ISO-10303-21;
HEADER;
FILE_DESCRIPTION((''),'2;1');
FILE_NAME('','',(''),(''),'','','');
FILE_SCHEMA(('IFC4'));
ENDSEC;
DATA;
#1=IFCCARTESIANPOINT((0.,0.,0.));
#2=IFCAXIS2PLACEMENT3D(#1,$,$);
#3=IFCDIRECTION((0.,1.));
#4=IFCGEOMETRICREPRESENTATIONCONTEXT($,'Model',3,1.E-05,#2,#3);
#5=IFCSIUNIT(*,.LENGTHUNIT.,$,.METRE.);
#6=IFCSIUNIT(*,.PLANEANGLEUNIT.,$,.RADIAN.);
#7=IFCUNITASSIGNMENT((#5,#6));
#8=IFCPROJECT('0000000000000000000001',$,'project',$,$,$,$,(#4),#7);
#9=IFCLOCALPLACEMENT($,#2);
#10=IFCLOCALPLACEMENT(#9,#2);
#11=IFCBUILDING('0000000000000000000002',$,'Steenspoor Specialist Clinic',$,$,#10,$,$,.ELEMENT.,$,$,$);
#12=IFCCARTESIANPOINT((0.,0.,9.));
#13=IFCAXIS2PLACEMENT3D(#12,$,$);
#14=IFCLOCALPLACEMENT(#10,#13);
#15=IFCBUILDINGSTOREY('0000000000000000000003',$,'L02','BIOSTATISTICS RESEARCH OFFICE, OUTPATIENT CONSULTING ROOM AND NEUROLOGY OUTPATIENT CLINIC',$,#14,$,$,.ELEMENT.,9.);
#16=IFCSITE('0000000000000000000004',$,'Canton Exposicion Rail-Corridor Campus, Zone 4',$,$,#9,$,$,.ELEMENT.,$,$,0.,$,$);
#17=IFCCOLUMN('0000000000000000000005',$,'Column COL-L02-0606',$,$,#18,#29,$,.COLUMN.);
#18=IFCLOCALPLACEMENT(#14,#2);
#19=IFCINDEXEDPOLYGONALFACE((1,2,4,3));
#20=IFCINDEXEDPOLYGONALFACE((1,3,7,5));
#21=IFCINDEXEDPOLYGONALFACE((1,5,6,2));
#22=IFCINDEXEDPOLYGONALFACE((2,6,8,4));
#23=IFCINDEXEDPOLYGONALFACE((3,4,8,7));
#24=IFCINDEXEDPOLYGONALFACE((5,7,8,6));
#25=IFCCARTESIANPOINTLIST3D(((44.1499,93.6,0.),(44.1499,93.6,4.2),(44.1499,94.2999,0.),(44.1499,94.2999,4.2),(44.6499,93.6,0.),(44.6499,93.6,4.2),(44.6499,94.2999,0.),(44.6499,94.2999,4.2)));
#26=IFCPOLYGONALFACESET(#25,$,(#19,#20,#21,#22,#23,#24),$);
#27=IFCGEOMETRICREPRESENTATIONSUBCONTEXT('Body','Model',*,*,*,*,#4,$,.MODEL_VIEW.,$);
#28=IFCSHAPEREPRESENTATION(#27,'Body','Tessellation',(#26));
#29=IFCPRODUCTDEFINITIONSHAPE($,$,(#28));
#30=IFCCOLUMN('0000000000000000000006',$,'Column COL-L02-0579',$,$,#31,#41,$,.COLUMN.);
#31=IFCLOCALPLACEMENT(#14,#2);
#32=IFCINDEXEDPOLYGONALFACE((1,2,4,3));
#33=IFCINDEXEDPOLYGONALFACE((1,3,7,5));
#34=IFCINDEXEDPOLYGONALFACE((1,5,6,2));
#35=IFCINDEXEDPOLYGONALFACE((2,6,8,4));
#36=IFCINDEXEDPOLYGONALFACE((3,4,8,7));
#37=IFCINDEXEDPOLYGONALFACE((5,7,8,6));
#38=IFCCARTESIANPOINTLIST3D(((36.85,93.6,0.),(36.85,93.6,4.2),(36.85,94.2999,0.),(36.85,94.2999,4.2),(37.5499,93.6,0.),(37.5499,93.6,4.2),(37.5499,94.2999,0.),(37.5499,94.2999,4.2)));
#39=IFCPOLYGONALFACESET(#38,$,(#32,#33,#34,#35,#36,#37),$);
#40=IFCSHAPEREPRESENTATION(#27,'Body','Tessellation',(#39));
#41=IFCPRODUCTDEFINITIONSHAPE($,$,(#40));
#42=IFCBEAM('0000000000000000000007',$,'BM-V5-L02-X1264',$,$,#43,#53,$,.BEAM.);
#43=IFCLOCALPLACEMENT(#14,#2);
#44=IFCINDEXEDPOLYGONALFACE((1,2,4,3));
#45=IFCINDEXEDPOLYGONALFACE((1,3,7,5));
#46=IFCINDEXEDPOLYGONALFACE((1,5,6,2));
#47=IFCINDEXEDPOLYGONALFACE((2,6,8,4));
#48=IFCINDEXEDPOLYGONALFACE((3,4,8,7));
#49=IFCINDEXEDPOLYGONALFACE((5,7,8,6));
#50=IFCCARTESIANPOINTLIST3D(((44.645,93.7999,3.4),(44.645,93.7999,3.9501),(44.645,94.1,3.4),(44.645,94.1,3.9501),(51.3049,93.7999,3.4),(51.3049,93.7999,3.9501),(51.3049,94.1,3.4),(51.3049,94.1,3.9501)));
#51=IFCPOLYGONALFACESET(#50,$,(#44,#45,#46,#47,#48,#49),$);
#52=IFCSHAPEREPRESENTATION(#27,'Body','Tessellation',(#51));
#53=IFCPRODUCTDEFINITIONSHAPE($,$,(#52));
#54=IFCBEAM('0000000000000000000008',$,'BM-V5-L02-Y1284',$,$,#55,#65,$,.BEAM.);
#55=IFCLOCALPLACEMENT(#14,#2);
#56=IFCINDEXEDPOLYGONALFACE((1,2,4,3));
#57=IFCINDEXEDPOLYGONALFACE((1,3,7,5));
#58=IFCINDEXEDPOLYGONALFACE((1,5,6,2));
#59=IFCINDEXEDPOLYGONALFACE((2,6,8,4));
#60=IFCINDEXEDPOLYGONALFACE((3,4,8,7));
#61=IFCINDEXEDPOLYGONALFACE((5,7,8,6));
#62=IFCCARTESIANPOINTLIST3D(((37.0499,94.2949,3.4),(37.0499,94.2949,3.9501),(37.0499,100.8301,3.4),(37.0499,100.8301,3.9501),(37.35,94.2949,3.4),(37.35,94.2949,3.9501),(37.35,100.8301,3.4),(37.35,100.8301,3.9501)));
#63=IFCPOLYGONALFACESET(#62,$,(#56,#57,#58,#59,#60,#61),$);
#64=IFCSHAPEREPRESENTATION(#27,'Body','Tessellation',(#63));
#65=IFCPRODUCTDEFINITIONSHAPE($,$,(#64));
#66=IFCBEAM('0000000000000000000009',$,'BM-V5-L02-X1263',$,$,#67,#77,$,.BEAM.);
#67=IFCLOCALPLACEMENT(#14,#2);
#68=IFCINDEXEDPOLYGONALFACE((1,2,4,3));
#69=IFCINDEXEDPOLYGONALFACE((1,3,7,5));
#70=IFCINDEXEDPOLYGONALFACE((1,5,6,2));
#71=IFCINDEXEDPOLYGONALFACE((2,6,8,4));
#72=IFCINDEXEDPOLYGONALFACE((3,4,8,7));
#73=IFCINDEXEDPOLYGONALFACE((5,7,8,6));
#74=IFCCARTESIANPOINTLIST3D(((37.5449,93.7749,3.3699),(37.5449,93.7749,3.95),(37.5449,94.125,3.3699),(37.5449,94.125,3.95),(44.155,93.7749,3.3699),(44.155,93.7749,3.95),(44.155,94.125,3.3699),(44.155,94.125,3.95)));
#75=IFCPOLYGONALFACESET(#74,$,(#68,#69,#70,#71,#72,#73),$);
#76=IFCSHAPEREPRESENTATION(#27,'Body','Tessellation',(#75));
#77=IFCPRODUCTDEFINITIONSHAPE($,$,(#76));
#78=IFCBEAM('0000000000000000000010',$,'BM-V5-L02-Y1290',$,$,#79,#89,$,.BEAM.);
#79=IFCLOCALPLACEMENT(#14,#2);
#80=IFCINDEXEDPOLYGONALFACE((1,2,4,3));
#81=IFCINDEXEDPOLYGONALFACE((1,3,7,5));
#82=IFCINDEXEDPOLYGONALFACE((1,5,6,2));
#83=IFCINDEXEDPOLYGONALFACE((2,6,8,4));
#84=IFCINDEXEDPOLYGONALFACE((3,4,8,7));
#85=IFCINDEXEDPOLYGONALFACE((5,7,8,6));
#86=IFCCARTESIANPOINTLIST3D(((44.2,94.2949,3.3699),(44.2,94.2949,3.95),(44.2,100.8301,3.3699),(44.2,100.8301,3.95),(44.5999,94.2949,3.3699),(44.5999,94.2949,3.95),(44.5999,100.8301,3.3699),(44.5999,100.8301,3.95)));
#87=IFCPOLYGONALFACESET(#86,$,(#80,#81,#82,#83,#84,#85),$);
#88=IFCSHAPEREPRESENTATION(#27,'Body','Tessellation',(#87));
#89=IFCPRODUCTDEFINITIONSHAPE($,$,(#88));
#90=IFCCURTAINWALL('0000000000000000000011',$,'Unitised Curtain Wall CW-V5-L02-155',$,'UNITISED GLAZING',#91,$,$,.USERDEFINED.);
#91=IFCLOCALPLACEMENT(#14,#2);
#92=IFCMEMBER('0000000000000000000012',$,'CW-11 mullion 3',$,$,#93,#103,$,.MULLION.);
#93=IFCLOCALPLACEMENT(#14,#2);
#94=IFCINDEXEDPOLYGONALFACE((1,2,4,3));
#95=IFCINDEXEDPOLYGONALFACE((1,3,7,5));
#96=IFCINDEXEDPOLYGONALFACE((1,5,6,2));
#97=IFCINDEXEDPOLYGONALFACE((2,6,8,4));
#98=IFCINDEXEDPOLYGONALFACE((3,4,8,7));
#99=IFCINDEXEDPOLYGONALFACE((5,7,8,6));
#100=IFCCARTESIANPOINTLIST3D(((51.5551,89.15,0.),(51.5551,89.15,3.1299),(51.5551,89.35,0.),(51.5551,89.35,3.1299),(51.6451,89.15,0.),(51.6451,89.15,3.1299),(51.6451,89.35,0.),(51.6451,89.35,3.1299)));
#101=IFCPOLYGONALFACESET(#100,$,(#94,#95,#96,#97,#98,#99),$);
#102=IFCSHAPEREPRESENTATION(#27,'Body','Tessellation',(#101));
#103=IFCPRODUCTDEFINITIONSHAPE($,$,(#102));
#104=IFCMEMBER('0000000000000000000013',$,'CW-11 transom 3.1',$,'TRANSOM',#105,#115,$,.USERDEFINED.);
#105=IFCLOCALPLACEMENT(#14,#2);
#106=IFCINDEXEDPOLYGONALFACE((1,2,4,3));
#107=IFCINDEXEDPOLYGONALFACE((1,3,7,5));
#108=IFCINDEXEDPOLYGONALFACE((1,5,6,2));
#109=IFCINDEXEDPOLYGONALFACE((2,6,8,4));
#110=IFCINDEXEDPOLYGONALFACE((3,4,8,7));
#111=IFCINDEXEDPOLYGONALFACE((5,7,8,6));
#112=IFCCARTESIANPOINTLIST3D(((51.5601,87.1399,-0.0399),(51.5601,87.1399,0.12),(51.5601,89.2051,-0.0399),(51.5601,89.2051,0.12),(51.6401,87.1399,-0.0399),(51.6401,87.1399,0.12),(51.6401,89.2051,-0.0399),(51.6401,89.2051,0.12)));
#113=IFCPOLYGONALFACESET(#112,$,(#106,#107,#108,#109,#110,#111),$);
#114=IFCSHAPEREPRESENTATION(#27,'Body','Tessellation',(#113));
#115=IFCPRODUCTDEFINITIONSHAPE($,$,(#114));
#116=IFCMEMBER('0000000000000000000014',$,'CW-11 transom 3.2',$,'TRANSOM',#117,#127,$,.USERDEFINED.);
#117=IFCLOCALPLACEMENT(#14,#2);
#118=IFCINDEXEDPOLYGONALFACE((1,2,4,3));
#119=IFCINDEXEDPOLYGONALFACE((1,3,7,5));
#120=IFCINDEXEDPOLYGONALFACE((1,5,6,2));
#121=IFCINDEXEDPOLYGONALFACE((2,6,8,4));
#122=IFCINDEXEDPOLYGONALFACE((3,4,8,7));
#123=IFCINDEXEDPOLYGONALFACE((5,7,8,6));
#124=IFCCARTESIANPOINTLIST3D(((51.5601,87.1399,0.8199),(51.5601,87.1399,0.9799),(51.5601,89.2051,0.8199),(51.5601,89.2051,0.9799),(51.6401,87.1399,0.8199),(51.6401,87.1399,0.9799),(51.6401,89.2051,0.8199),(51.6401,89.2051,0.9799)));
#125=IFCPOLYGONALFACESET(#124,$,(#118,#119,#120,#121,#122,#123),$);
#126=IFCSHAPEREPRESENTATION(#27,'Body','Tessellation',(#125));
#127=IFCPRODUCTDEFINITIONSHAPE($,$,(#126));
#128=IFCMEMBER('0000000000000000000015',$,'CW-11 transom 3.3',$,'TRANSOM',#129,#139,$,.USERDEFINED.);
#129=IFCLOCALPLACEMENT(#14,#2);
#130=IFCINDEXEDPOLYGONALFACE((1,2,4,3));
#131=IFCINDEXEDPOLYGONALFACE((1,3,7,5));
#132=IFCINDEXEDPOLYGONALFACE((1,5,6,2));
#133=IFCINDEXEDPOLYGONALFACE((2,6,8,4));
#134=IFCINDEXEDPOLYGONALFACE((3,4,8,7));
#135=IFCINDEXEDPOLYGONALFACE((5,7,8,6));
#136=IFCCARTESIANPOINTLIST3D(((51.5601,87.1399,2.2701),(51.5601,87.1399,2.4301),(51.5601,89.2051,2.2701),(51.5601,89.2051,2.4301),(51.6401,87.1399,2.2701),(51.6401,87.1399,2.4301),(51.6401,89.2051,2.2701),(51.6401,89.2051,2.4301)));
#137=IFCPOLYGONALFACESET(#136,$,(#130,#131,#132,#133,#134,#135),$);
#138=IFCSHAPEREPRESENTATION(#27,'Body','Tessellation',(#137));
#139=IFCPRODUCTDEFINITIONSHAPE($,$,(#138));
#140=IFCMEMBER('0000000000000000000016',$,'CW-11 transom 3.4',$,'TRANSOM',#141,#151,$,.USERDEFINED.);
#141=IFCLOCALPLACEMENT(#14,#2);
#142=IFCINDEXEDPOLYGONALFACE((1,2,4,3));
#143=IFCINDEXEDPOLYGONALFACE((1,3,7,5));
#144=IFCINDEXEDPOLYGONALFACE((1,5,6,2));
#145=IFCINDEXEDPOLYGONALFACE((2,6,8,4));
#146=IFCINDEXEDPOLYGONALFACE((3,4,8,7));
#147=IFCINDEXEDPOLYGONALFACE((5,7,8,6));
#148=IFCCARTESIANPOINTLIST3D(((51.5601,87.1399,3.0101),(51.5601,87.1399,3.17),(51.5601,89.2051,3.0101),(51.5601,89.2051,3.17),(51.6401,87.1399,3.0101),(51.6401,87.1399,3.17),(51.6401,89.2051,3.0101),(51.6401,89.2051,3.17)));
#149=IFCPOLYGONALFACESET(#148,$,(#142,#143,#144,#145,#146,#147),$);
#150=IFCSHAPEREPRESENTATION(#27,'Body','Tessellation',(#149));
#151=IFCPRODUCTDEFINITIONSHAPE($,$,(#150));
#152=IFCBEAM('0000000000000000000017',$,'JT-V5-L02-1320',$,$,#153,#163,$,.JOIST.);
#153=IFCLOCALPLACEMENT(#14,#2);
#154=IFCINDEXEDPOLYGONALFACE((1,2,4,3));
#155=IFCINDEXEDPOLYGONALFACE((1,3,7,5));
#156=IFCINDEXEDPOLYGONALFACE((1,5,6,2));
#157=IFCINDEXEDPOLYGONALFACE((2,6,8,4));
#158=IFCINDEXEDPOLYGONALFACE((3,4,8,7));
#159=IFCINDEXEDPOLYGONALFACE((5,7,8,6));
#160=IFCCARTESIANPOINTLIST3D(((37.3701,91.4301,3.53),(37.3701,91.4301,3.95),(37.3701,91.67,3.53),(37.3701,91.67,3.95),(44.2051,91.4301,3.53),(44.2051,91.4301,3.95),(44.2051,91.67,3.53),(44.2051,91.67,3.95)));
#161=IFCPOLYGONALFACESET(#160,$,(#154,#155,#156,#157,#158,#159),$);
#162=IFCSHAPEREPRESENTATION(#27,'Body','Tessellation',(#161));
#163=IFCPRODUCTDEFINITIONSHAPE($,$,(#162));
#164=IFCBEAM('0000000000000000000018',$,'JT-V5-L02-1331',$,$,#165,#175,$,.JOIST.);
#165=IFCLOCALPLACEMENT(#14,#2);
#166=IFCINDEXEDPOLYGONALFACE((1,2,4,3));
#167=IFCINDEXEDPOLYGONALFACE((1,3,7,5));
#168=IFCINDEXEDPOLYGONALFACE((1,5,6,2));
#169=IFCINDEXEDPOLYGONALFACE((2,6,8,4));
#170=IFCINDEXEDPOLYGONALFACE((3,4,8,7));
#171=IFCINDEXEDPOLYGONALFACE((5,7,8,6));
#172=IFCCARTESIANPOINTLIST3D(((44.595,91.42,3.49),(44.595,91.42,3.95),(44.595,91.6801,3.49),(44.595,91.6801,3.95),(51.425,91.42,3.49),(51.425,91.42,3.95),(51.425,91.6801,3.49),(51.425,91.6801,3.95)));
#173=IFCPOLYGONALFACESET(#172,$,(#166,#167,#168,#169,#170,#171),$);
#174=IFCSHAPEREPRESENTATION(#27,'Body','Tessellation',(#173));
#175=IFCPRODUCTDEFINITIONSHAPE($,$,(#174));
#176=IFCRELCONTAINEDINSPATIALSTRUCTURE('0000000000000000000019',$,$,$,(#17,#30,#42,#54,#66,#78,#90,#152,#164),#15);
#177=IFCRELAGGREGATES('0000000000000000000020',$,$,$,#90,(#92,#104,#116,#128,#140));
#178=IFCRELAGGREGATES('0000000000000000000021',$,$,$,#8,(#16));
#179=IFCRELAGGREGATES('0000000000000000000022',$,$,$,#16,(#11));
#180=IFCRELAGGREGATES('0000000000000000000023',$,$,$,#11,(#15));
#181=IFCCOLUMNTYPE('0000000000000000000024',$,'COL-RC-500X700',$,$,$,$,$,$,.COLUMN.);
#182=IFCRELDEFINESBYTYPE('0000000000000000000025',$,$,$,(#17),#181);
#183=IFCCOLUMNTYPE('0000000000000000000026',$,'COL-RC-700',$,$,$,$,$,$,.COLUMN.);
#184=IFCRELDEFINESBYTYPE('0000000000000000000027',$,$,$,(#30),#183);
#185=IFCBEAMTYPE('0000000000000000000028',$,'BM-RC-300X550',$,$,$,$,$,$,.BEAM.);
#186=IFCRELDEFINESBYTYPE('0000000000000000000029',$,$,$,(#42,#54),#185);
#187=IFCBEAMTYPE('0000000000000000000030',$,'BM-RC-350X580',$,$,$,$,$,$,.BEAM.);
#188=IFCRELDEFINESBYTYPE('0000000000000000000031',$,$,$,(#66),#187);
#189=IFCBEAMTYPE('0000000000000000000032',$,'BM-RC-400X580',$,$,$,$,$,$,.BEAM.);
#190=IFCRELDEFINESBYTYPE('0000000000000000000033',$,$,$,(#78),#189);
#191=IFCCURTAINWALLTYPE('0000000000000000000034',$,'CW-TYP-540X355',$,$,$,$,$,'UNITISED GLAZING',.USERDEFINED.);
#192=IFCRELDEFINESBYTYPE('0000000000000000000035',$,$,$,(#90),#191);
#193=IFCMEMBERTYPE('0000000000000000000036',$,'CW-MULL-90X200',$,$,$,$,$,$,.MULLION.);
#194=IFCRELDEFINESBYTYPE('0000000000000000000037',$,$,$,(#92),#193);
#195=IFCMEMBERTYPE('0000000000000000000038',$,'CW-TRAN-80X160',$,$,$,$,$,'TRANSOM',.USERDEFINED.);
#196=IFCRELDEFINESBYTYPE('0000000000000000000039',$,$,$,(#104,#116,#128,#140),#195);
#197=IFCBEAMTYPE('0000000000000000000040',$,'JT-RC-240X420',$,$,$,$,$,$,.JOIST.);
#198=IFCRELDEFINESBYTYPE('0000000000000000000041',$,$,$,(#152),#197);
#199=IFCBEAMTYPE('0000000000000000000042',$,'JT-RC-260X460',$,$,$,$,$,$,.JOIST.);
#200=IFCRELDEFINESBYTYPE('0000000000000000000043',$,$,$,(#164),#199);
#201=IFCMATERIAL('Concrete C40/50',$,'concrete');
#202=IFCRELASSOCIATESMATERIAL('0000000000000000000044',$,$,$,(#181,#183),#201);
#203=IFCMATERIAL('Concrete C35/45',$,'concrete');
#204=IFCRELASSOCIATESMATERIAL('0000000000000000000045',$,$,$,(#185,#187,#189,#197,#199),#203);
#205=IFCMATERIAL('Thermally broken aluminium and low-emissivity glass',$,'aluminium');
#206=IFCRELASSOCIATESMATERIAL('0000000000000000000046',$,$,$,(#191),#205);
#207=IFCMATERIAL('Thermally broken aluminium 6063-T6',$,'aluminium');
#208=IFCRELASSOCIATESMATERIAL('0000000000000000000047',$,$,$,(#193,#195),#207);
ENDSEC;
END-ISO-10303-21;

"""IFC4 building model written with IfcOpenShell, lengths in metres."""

from ifc_helpers import new_model, si_unit, direction, frame, origin, origin_2d, place, context, subcontext, project, spatial, rectangle, extrude, material, material_profile, profile_set, type_object, element, aggregate, save


model = new_model("IFC4")

# Units and contexts
model_context = context("Model", 3, precision=1e-05, world=origin(), true_north=direction((0.0, 1.0)))
body_context = subcontext(model_context, "Body", "Model", "MODEL_VIEW")
ifc_project = project(units=[si_unit("LENGTHUNIT", "METRE"), si_unit("PLANEANGLEUNIT", "RADIAN")], contexts=[model_context])

# Site, building, storey
site_placement = place(None, origin())
site = spatial("IfcSite", under=ifc_project, at=site_placement, Name="Canton Exposicion Rail-Corridor Campus, Zone 4", CompositionType="ELEMENT", RefElevation=0.0)
building_placement = place(site_placement, origin())
building = spatial("IfcBuilding", under=site, at=building_placement, Name="Steenspoor Specialist Clinic", CompositionType="ELEMENT")
storey_placement = place(building_placement, frame((0.0, 0.0, 9.0)))
storey = spatial("IfcBuildingStorey", under=building, at=storey_placement, Name="L02", Description="BIOSTATISTICS RESEARCH OFFICE, OUTPATIENT CONSULTING ROOM AND NEUROLOGY OUTPATIENT CLINIC", CompositionType="ELEMENT", Elevation=9.0)

# Columns
ifc_material_1 = material(Name="Concrete C40/50", Category="concrete")
ifc_material_profile_1 = material_profile(ifc_material_1, rectangle(XDim=0.5, YDim=0.7, at=origin_2d()), Name="RC-COL-500X700")
ifc_profile_set_1 = profile_set([ifc_material_profile_1], Name="Concrete C40/50")
column_type_1 = type_object("IfcColumnType", Name="COL-RC-500X700", PredefinedType="COLUMN", material=ifc_profile_set_1)
column_1_placement = place(storey_placement, frame((44.3999, 93.95, 0.0), z_axis=(0.0, 0.0, 1.0), x_axis=(1.0, 0.0, 0.0)))
element("IfcColumn", 1, at=column_1_placement, inside=storey, type_object=column_type_1, Name="Column COL-L02-0606", PredefinedType="COLUMN", context=body_context, shape_type="SweptSolid", body=[
    extrude(rectangle(XDim=0.5, YDim=0.7, at=origin_2d()), origin(), (0.0, 0.0, 1.0), 4.2),
])
ifc_material_profile_2 = material_profile(ifc_material_1, rectangle(XDim=0.7, YDim=0.7, at=origin_2d()), Name="RC-COL-700X700")
ifc_profile_set_2 = profile_set([ifc_material_profile_2], Name="Concrete C40/50")
column_type_2 = type_object("IfcColumnType", Name="COL-RC-700", PredefinedType="COLUMN", material=ifc_profile_set_2)
column_2_placement = place(storey_placement, frame((37.2, 93.95, 0.0), z_axis=(0.0, 0.0, 1.0), x_axis=(1.0, 0.0, 0.0)))
element("IfcColumn", 2, at=column_2_placement, inside=storey, type_object=column_type_2, Name="Column COL-L02-0579", PredefinedType="COLUMN", context=body_context, shape_type="SweptSolid", body=[
    extrude(rectangle(XDim=0.7, YDim=0.7, at=origin_2d()), origin(), (0.0, 0.0, 1.0), 4.2),
])

# Beams
ifc_material_2 = material(Name="Concrete C35/45", Category="concrete")
ifc_material_profile_3 = material_profile(ifc_material_2, rectangle(XDim=0.3, YDim=0.55, at=origin_2d()), Name="RC-BM-300X550")
ifc_profile_set_3 = profile_set([ifc_material_profile_3], Name="Concrete C35/45")
beam_type_1 = type_object("IfcBeamType", Name="BM-RC-300X550", PredefinedType="BEAM", material=ifc_profile_set_3)
beam_1_placement = place(storey_placement, frame((44.645, 93.95, 3.675), z_axis=(1.0, 0.0, 0.0), x_axis=(0.0, 1.0, 0.0)))
element("IfcBeam", 3, at=beam_1_placement, inside=storey, type_object=beam_type_1, Name="BM-V5-L02-X1264", PredefinedType="BEAM", context=body_context, shape_type="SweptSolid", body=[
    extrude(rectangle(XDim=0.3, YDim=0.55, at=origin_2d()), origin(), (0.0, 0.0, 1.0), 6.6599),
])
beam_2_placement = place(storey_placement, frame((37.2, 94.2949, 3.675), z_axis=(0.0, 1.0, 0.0), x_axis=(-1.0, 0.0, 0.0)))
element("IfcBeam", 4, at=beam_2_placement, inside=storey, type_object=beam_type_1, Name="BM-V5-L02-Y1284", PredefinedType="BEAM", context=body_context, shape_type="SweptSolid", body=[
    extrude(rectangle(XDim=0.3, YDim=0.55, at=origin_2d()), origin(), (0.0, 0.0, 1.0), 6.5352),
])
ifc_material_profile_4 = material_profile(ifc_material_2, rectangle(XDim=0.3501, YDim=0.5801, at=origin_2d()), Name="RC-BM-350X580")
ifc_profile_set_4 = profile_set([ifc_material_profile_4], Name="Concrete C35/45")
beam_type_2 = type_object("IfcBeamType", Name="BM-RC-350X580", PredefinedType="BEAM", material=ifc_profile_set_4)
beam_3_placement = place(storey_placement, frame((37.5449, 93.95, 3.6599), z_axis=(1.0, 0.0, 0.0), x_axis=(0.0, 1.0, 0.0)))
element("IfcBeam", 5, at=beam_3_placement, inside=storey, type_object=beam_type_2, Name="BM-V5-L02-X1263", PredefinedType="BEAM", context=body_context, shape_type="SweptSolid", body=[
    extrude(rectangle(XDim=0.3501, YDim=0.5801, at=origin_2d()), origin(), (0.0, 0.0, 1.0), 6.6101),
])
ifc_material_profile_5 = material_profile(ifc_material_2, rectangle(XDim=0.3999, YDim=0.5801, at=origin_2d()), Name="RC-BM-400X580")
ifc_profile_set_5 = profile_set([ifc_material_profile_5], Name="Concrete C35/45")
beam_type_3 = type_object("IfcBeamType", Name="BM-RC-400X580", PredefinedType="BEAM", material=ifc_profile_set_5)
beam_4_placement = place(storey_placement, frame((44.3999, 94.2949, 3.6599), z_axis=(0.0, 1.0, 0.0), x_axis=(-1.0, 0.0, 0.0)))
element("IfcBeam", 6, at=beam_4_placement, inside=storey, type_object=beam_type_3, Name="BM-V5-L02-Y1290", PredefinedType="BEAM", context=body_context, shape_type="SweptSolid", body=[
    extrude(rectangle(XDim=0.3999, YDim=0.5801, at=origin_2d()), origin(), (0.0, 0.0, 1.0), 6.5352),
])

# Curtain wall, members
ifc_material_3 = material(Name="Thermally broken aluminium and low-emissivity glass", Category="aluminium")
curtain_wall_type = type_object("IfcCurtainWallType", Name="CW-TYP-540X355", ElementType="UNITISED GLAZING", PredefinedType="USERDEFINED", material=ifc_material_3)
curtain_wall_placement = place(storey_placement, origin())
curtain_wall = element("IfcCurtainWall", 7, at=curtain_wall_placement, inside=storey, type_object=curtain_wall_type, Name="Unitised Curtain Wall CW-V5-L02-155", ObjectType="UNITISED GLAZING", PredefinedType="USERDEFINED")
ifc_material_4 = material(Name="Thermally broken aluminium 6063-T6", Category="aluminium")
ifc_material_profile_6 = material_profile(ifc_material_4, rectangle(XDim=0.0901, YDim=0.2, at=origin_2d()), Name="CWM-90X200")
ifc_profile_set_6 = profile_set([ifc_material_profile_6], Name="Thermally broken aluminium 6063-T6")
member_type_1 = type_object("IfcMemberType", Name="CW-MULL-90X200", PredefinedType="MULLION", material=ifc_profile_set_6)
member_1_placement = place(storey_placement, frame((51.6001, 89.25, 0.0), z_axis=(0.0, 0.0, 1.0), x_axis=(1.0, 0.0, 0.0)))
member_1 = element("IfcMember", 8, at=member_1_placement, type_object=member_type_1, Name="CW-11 mullion 3", PredefinedType="MULLION", context=body_context, shape_type="SweptSolid", body=[
    extrude(rectangle(XDim=0.0901, YDim=0.2, at=origin_2d()), origin(), (0.0, 0.0, 1.0), 3.1299),
])
ifc_material_profile_7 = material_profile(ifc_material_4, rectangle(XDim=0.0801, YDim=0.1599, at=origin_2d()), Name="CWT-80X160")
ifc_profile_set_7 = profile_set([ifc_material_profile_7], Name="Thermally broken aluminium 6063-T6")
member_type_2 = type_object("IfcMemberType", Name="CW-TRAN-80X160", ElementType="TRANSOM", PredefinedType="USERDEFINED", material=ifc_profile_set_7)
member_2_placement = place(storey_placement, frame((51.6001, 89.2051, 0.04), z_axis=(0.0, -1.0, 0.0), x_axis=(1.0, 0.0, 0.0)))
member_2 = element("IfcMember", 9, at=member_2_placement, type_object=member_type_2, Name="CW-11 transom 3.1", ObjectType="TRANSOM", PredefinedType="USERDEFINED", context=body_context, shape_type="SweptSolid", body=[
    extrude(rectangle(XDim=0.0801, YDim=0.1599, at=origin_2d()), origin(), (0.0, 0.0, 1.0), 2.0652),
])
member_3_placement = place(storey_placement, frame((51.6001, 89.2051, 0.8999), z_axis=(0.0, -1.0, 0.0), x_axis=(1.0, 0.0, 0.0)))
member_3 = element("IfcMember", 10, at=member_3_placement, type_object=member_type_2, Name="CW-11 transom 3.2", ObjectType="TRANSOM", PredefinedType="USERDEFINED", context=body_context, shape_type="SweptSolid", body=[
    extrude(rectangle(XDim=0.0801, YDim=0.1599, at=origin_2d()), origin(), (0.0, 0.0, 1.0), 2.0652),
])
member_4_placement = place(storey_placement, frame((51.6001, 89.2051, 2.3501), z_axis=(0.0, -1.0, 0.0), x_axis=(1.0, 0.0, 0.0)))
member_4 = element("IfcMember", 11, at=member_4_placement, type_object=member_type_2, Name="CW-11 transom 3.3", ObjectType="TRANSOM", PredefinedType="USERDEFINED", context=body_context, shape_type="SweptSolid", body=[
    extrude(rectangle(XDim=0.0801, YDim=0.1599, at=origin_2d()), origin(), (0.0, 0.0, 1.0), 2.0652),
])
member_5_placement = place(storey_placement, frame((51.6001, 89.2051, 3.0901), z_axis=(0.0, -1.0, 0.0), x_axis=(1.0, 0.0, 0.0)))
member_5 = element("IfcMember", 12, at=member_5_placement, type_object=member_type_2, Name="CW-11 transom 3.4", ObjectType="TRANSOM", PredefinedType="USERDEFINED", context=body_context, shape_type="SweptSolid", body=[
    extrude(rectangle(XDim=0.0801, YDim=0.1599, at=origin_2d()), origin(), (0.0, 0.0, 1.0), 2.0652),
])

# Beams
ifc_material_profile_8 = material_profile(ifc_material_2, rectangle(XDim=0.24, YDim=0.4199, at=origin_2d()), Name="RC-JT-240X420")
ifc_profile_set_8 = profile_set([ifc_material_profile_8], Name="Concrete C35/45")
beam_type_4 = type_object("IfcBeamType", Name="JT-RC-240X420", PredefinedType="JOIST", material=ifc_profile_set_8)
beam_5_placement = place(storey_placement, frame((37.3701, 91.55, 3.74), z_axis=(1.0, 0.0, 0.0), x_axis=(0.0, 1.0, 0.0)))
element("IfcBeam", 13, at=beam_5_placement, inside=storey, type_object=beam_type_4, Name="JT-V5-L02-1320", PredefinedType="JOIST", context=body_context, shape_type="SweptSolid", body=[
    extrude(rectangle(XDim=0.24, YDim=0.4199, at=origin_2d()), origin(), (0.0, 0.0, 1.0), 6.835),
])
ifc_material_profile_9 = material_profile(ifc_material_2, rectangle(XDim=0.26, YDim=0.46, at=origin_2d()), Name="RC-JT-260X460")
ifc_profile_set_9 = profile_set([ifc_material_profile_9], Name="Concrete C35/45")
beam_type_5 = type_object("IfcBeamType", Name="JT-RC-260X460", PredefinedType="JOIST", material=ifc_profile_set_9)
beam_6_placement = place(storey_placement, frame((44.595, 91.55, 3.72), z_axis=(1.0, 0.0, 0.0), x_axis=(0.0, 1.0, 0.0)))
element("IfcBeam", 14, at=beam_6_placement, inside=storey, type_object=beam_type_5, Name="JT-V5-L02-1331", PredefinedType="JOIST", context=body_context, shape_type="SweptSolid", body=[
    extrude(rectangle(XDim=0.26, YDim=0.46, at=origin_2d()), origin(), (0.0, 0.0, 1.0), 6.8301),
])

aggregate(curtain_wall, [member_1, member_2, member_3, member_4, member_5])

save(model, "model.ifc")
